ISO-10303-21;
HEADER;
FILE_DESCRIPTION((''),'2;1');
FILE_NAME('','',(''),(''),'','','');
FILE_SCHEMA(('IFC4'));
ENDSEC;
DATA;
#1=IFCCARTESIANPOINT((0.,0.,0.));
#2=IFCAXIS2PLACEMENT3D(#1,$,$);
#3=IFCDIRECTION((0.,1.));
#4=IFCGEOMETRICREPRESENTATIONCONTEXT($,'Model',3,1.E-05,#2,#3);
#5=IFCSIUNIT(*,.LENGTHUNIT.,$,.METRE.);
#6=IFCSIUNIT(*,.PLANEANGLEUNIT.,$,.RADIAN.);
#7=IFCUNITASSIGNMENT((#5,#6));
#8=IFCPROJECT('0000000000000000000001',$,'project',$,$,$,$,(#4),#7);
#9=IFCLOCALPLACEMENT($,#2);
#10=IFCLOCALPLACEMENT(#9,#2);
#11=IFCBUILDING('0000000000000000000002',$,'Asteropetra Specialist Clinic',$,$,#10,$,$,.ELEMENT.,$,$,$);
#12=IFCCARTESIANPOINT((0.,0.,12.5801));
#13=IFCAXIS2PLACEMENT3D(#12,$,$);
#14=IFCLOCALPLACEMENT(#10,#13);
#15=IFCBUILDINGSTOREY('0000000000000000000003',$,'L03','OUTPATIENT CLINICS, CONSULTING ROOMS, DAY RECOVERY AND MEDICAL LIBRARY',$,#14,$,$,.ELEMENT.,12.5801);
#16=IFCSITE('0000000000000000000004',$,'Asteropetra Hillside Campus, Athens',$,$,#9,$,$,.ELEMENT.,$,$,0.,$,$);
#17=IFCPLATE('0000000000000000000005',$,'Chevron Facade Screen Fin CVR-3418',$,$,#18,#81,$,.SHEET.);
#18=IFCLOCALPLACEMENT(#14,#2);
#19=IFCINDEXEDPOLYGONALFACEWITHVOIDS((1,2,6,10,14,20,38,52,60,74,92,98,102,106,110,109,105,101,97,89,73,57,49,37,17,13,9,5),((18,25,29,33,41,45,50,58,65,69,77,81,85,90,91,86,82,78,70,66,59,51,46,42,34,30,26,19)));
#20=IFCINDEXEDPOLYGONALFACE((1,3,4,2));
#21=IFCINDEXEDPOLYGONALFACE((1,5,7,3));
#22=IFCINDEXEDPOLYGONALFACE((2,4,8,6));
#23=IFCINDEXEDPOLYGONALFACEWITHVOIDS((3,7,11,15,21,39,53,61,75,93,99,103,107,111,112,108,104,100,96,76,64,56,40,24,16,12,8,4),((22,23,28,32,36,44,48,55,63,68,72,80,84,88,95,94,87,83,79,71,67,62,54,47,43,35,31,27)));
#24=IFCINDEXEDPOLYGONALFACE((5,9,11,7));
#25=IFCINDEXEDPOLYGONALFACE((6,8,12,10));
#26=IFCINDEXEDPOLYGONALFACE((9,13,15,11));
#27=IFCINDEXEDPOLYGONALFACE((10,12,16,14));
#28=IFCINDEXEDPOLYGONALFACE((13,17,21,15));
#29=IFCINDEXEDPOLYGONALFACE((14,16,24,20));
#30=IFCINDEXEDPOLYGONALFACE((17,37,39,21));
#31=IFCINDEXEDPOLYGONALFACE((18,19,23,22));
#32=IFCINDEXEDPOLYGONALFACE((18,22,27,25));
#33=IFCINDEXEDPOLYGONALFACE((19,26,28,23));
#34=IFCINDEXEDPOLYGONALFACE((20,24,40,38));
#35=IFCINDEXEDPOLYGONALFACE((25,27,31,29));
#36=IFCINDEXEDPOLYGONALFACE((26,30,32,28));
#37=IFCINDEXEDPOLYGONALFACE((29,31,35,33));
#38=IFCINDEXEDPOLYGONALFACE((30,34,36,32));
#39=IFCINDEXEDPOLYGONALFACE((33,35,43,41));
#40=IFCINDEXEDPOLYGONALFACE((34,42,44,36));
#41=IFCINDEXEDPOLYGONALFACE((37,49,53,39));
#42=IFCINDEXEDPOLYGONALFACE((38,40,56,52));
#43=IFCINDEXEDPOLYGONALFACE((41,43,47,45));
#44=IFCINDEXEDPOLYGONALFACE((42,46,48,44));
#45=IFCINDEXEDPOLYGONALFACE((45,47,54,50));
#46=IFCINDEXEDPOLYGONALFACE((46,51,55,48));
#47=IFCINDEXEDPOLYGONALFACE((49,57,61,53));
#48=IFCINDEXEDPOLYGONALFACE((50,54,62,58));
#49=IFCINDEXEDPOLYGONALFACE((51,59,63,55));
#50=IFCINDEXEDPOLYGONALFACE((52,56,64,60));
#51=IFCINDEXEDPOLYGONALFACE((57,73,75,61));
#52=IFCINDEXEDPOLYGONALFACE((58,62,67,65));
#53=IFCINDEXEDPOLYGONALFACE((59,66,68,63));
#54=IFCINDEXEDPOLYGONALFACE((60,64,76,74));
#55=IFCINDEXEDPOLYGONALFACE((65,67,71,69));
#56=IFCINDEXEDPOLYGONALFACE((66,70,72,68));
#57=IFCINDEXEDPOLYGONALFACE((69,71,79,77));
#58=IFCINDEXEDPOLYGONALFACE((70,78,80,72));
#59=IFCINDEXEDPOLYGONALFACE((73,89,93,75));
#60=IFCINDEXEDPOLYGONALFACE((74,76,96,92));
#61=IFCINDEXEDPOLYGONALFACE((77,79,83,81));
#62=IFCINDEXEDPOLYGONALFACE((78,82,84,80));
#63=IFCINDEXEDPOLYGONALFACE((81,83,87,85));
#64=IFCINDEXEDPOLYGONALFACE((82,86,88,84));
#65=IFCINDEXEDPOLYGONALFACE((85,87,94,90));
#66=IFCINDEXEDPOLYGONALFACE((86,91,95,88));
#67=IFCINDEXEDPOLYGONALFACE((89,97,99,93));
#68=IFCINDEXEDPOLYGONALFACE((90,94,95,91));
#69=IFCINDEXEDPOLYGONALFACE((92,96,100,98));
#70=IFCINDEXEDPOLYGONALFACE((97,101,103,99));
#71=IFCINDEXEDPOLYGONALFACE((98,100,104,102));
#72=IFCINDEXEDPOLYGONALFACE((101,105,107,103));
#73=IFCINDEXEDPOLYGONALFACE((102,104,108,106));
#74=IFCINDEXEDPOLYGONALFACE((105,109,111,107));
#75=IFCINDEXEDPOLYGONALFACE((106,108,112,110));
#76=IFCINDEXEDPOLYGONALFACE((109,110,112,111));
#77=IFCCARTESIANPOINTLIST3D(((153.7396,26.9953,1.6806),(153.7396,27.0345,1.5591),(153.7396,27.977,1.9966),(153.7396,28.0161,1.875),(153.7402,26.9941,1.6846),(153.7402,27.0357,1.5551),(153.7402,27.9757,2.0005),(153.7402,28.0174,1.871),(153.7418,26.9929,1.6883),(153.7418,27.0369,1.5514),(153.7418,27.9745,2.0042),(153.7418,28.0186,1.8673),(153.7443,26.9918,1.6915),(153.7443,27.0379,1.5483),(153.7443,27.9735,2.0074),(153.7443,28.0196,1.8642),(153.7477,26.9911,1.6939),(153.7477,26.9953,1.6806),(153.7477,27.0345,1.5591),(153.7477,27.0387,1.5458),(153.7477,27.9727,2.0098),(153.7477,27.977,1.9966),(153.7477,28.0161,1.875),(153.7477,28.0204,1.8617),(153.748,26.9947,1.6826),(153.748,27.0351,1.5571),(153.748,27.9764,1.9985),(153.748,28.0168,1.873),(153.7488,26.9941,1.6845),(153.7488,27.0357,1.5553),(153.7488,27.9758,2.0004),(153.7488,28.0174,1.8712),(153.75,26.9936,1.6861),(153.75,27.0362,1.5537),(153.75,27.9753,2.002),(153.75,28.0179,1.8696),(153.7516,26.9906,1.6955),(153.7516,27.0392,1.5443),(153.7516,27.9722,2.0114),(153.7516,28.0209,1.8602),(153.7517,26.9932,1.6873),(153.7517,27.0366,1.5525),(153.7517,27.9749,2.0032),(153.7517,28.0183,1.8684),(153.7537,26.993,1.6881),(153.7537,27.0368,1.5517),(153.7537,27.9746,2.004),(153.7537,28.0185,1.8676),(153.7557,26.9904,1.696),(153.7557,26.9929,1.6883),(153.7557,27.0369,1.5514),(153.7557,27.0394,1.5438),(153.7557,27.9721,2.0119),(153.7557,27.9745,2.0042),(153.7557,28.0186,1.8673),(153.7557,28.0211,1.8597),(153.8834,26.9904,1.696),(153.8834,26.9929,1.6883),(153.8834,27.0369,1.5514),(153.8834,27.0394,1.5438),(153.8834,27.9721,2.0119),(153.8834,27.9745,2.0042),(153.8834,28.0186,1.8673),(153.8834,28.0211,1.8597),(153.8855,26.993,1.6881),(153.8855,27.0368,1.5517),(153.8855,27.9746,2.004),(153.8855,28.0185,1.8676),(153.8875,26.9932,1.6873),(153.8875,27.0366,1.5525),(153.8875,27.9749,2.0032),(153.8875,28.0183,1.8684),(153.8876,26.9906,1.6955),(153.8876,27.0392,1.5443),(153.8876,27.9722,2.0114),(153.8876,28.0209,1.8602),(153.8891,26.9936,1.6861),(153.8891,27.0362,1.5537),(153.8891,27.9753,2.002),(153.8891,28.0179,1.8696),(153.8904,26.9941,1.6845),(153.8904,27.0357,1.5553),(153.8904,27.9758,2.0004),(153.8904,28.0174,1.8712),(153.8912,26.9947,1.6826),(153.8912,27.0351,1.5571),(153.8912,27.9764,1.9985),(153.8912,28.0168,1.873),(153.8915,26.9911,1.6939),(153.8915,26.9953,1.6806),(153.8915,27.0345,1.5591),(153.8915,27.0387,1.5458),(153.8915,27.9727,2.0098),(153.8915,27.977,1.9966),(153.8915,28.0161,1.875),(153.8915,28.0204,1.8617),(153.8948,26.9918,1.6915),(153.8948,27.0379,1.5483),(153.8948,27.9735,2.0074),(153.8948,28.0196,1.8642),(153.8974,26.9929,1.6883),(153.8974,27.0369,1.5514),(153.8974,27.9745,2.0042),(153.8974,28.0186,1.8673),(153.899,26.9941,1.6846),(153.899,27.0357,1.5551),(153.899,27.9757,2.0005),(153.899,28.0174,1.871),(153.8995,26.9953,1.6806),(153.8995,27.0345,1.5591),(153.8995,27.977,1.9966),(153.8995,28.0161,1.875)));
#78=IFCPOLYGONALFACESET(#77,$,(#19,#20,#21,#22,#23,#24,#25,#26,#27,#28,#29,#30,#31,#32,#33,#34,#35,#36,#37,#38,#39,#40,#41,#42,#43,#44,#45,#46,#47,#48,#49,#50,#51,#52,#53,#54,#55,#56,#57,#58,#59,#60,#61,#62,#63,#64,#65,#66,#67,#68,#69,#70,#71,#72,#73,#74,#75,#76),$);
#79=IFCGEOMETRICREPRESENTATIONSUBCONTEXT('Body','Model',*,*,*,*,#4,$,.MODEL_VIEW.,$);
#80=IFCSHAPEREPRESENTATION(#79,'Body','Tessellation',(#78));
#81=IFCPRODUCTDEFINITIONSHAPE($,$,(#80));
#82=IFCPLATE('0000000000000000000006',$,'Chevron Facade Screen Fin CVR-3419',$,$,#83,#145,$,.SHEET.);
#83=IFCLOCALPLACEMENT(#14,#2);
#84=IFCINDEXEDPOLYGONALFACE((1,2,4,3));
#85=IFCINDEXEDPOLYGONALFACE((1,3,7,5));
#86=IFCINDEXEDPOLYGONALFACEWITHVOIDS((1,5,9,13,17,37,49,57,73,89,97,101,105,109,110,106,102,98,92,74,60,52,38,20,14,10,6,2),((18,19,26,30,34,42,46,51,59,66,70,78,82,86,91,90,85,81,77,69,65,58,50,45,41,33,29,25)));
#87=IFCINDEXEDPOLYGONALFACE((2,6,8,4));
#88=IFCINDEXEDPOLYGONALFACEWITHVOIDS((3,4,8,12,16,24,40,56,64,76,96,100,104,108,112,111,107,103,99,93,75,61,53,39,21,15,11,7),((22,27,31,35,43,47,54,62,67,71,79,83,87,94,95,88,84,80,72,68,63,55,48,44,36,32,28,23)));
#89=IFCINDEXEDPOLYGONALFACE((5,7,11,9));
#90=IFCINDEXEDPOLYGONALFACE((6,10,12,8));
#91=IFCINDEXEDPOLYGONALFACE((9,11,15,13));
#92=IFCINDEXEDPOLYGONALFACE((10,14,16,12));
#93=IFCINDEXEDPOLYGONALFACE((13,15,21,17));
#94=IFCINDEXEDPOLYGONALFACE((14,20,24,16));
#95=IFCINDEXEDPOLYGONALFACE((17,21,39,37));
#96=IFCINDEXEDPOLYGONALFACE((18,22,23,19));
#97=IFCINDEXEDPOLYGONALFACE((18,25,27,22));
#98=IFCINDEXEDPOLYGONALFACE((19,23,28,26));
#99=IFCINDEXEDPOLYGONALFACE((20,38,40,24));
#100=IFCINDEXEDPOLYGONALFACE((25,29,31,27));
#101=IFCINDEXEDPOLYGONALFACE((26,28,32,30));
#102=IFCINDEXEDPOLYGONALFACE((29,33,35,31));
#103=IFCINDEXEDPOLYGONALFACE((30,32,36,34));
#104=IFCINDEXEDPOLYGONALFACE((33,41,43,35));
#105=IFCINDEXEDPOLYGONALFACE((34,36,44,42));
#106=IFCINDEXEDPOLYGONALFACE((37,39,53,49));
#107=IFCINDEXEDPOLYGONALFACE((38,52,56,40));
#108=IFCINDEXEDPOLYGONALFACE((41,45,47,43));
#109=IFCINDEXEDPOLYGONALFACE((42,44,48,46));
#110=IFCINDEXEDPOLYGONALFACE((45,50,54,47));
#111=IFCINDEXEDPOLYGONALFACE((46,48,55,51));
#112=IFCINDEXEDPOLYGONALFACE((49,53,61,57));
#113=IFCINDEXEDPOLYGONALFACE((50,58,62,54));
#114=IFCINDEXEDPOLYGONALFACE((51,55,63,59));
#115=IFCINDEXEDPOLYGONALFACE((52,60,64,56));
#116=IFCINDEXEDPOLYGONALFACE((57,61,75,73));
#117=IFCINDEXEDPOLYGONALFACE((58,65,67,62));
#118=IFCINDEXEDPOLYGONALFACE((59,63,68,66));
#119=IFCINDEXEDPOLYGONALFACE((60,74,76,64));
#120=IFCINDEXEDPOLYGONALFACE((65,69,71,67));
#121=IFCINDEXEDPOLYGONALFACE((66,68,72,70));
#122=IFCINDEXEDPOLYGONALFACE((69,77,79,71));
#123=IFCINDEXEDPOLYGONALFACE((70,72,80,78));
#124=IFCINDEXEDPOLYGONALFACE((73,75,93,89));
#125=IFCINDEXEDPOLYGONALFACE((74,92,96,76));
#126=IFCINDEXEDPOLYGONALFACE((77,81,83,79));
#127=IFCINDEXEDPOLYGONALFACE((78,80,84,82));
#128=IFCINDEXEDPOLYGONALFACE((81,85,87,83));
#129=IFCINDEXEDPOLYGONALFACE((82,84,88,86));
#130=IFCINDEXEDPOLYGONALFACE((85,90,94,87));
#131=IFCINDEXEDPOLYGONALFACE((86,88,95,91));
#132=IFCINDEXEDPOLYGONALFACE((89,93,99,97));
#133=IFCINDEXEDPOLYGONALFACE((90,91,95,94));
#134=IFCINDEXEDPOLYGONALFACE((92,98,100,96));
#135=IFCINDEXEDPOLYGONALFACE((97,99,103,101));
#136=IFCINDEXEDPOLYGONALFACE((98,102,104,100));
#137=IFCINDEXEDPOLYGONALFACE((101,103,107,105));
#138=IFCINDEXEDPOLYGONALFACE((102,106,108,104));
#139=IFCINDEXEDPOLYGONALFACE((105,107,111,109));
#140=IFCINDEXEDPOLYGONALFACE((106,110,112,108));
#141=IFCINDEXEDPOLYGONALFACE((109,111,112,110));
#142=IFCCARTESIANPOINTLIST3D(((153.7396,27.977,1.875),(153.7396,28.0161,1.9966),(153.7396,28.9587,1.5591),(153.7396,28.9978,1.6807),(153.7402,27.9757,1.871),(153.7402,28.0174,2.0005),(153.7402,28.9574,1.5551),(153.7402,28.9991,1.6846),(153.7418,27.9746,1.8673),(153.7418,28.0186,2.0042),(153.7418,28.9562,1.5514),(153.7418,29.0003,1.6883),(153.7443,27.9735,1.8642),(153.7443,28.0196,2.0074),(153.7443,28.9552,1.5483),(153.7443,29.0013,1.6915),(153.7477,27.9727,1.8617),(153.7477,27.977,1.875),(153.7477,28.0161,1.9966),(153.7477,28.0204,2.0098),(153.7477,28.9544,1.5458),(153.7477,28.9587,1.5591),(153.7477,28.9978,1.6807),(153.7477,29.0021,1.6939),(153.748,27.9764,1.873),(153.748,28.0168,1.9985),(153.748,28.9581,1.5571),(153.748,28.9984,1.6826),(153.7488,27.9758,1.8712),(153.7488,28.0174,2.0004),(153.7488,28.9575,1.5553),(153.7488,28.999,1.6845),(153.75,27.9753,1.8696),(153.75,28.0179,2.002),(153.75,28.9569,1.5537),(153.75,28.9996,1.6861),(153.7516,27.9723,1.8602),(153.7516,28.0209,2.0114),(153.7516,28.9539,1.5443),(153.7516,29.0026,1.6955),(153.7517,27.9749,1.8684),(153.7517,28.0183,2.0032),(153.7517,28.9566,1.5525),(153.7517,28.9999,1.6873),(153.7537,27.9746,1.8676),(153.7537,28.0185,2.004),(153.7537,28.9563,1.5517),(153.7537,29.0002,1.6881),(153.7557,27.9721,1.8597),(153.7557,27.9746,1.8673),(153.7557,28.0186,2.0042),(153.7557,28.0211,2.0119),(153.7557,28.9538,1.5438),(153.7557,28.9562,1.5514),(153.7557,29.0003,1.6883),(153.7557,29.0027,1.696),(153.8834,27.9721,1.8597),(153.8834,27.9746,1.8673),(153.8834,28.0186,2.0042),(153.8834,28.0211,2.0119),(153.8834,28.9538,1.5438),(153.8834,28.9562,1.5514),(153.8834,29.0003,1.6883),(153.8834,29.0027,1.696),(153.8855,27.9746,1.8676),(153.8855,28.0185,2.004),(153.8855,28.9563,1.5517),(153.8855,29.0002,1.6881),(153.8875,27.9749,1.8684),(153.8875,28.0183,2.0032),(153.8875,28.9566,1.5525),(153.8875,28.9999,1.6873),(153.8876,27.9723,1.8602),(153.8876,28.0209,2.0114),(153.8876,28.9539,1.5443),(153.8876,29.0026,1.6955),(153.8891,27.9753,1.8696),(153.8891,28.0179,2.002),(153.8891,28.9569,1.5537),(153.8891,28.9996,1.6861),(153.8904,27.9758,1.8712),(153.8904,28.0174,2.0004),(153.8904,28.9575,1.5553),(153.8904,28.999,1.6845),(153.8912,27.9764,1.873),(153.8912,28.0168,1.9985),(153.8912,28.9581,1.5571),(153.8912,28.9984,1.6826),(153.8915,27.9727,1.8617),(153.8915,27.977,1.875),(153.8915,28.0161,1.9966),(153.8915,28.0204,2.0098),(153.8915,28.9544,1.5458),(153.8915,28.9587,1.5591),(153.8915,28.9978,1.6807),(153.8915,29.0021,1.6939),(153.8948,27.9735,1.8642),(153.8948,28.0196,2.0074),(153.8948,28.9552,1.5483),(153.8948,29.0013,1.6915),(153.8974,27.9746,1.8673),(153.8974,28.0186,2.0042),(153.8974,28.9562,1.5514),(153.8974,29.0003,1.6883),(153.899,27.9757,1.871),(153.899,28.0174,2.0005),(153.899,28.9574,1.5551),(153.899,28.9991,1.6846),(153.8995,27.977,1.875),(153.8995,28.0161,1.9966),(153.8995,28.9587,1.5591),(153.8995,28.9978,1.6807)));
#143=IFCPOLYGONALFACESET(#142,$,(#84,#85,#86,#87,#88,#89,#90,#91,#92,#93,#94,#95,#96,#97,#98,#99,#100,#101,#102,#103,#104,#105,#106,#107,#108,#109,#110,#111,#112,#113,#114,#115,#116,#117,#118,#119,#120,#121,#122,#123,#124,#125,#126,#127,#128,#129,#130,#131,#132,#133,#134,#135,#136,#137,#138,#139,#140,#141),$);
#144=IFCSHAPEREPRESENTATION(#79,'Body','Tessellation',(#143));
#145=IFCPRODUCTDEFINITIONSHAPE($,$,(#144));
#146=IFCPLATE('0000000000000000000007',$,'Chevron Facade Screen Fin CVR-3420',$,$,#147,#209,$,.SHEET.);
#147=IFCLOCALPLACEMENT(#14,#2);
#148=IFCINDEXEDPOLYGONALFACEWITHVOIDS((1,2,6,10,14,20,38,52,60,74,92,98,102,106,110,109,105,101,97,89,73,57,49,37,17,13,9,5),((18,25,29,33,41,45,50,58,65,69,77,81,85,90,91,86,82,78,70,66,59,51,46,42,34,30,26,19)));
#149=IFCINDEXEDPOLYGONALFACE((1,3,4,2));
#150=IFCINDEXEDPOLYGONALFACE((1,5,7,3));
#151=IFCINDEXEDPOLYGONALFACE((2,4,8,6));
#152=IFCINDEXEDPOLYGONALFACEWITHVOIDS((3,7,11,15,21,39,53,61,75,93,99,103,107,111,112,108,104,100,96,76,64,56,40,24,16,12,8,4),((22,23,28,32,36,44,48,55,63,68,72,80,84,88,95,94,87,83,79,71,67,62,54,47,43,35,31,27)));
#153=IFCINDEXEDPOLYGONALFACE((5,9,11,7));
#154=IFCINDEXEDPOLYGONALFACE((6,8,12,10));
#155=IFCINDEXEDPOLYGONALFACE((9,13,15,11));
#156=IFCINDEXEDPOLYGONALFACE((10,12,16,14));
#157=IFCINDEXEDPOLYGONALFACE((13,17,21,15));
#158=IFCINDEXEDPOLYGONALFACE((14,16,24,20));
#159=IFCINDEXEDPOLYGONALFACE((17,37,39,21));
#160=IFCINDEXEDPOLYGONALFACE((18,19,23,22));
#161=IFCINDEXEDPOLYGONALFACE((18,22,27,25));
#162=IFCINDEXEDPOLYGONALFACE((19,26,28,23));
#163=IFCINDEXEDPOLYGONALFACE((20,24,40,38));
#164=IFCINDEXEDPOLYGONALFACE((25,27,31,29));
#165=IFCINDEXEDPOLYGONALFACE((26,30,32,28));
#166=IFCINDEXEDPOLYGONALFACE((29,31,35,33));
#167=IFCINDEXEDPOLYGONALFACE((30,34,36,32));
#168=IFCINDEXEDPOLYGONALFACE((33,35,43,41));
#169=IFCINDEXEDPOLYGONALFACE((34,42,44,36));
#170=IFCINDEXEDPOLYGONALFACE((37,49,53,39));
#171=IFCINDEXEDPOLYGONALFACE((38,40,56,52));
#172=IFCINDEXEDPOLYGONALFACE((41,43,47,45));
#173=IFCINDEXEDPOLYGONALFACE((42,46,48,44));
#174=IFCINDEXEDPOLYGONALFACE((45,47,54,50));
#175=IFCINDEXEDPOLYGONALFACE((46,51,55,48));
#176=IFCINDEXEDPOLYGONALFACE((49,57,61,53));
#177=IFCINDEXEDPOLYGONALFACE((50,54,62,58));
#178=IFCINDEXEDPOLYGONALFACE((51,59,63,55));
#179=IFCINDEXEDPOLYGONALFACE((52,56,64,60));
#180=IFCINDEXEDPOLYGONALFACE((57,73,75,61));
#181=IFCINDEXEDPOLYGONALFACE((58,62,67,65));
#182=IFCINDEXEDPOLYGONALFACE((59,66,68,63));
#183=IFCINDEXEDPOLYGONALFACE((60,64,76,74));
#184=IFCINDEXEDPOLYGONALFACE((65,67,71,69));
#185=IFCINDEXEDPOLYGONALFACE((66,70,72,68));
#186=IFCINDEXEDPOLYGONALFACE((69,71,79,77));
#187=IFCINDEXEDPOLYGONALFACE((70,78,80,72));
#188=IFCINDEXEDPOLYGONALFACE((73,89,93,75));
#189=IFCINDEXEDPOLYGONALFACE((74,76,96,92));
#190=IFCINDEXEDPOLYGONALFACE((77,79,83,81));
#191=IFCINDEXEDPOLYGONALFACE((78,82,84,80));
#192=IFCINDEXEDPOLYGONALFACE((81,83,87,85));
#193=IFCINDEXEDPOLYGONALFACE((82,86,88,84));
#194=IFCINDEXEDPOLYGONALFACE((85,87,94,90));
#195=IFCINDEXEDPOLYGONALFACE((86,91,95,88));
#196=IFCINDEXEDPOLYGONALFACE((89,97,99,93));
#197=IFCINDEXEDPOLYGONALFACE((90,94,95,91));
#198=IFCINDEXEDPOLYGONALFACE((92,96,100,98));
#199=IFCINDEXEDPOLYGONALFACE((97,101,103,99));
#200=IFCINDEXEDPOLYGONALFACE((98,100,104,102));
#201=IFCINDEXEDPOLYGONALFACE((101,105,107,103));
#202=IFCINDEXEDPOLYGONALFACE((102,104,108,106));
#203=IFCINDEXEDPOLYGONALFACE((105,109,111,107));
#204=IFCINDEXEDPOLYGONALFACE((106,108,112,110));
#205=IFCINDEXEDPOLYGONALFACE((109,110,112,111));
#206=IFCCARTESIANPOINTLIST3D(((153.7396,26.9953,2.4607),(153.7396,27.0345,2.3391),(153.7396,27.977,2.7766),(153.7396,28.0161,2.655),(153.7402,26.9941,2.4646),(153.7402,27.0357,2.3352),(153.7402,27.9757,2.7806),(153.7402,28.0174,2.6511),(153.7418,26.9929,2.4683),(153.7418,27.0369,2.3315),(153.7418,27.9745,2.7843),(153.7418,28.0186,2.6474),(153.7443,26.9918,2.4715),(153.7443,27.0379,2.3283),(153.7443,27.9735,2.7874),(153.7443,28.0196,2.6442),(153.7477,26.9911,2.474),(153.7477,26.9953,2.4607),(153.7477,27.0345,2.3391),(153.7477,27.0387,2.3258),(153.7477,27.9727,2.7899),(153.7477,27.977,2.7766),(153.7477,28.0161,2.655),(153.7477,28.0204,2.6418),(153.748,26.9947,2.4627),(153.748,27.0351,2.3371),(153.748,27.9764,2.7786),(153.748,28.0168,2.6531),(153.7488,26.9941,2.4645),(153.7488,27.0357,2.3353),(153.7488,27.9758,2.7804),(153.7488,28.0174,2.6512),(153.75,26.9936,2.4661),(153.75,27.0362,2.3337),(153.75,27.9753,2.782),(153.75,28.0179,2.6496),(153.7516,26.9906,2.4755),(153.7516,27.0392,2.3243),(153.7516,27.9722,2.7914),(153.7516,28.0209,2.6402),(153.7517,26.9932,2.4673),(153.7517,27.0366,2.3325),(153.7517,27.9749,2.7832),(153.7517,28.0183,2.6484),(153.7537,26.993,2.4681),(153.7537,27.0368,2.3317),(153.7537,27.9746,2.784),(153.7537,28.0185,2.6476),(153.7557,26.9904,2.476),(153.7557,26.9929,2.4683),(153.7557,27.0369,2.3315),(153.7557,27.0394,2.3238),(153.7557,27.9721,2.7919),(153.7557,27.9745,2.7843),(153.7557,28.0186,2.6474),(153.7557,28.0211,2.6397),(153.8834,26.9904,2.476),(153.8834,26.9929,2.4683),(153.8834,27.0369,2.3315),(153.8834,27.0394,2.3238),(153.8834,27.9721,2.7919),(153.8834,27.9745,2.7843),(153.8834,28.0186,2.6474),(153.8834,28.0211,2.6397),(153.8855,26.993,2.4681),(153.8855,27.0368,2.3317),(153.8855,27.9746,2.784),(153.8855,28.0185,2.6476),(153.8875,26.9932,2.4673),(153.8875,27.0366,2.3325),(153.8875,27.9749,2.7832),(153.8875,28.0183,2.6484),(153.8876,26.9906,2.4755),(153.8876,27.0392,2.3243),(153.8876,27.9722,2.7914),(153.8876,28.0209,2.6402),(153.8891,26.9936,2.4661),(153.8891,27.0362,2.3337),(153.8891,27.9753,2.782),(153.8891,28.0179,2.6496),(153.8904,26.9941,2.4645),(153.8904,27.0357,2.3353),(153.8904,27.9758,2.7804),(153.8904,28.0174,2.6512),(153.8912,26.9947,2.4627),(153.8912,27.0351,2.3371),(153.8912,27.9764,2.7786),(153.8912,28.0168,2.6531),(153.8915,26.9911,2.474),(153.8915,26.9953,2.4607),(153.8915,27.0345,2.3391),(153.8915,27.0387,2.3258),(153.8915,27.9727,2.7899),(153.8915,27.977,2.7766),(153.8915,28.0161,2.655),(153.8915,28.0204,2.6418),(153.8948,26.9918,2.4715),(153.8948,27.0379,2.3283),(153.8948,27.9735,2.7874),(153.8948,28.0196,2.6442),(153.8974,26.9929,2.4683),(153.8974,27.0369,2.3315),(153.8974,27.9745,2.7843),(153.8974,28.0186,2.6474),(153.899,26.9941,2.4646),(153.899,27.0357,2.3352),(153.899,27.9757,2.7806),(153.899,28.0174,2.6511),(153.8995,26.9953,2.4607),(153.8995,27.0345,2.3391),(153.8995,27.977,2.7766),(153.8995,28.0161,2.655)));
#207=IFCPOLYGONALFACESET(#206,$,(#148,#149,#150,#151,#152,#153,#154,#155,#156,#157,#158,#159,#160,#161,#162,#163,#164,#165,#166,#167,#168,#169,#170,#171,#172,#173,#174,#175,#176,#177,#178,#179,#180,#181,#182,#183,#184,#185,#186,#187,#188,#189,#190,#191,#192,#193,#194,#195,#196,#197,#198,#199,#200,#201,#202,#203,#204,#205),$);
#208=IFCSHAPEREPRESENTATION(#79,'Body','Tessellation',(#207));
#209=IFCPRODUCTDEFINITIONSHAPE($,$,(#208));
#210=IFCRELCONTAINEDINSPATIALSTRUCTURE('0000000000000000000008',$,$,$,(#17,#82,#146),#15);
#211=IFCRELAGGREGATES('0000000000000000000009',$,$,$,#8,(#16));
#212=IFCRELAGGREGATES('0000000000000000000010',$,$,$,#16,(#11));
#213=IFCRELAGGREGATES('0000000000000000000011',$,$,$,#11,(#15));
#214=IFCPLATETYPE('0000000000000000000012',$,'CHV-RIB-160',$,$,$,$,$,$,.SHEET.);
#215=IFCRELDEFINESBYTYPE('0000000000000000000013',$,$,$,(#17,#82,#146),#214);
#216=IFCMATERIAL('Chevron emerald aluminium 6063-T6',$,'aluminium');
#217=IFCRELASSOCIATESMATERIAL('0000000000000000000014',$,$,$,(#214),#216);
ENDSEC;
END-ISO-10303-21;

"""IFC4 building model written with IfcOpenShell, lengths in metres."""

from ifc_helpers import new_model, si_unit, direction, frame, origin, origin_2d, place, context, subcontext, project, spatial, hollow_rectangle, extrude, material, material_profile, profile_set, type_object, element, save


model = new_model("IFC4")

# Units and contexts
model_context = context("Model", 3, precision=1e-05, world=origin(), true_north=direction((0.0, 1.0)))
body_context = subcontext(model_context, "Body", "Model", "MODEL_VIEW")
ifc_project = project(units=[si_unit("LENGTHUNIT", "METRE"), si_unit("PLANEANGLEUNIT", "RADIAN")], contexts=[model_context])

# Site, building, storey
site_placement = place(None, origin())
site = spatial("IfcSite", under=ifc_project, at=site_placement, Name="Asteropetra Hillside Campus, Athens", CompositionType="ELEMENT", RefElevation=0.0)
building_placement = place(site_placement, origin())
building = spatial("IfcBuilding", under=site, at=building_placement, Name="Asteropetra Specialist Clinic", CompositionType="ELEMENT")
storey_placement = place(building_placement, frame((0.0, 0.0, 12.5801)))
storey = spatial("IfcBuildingStorey", under=building, at=storey_placement, Name="L03", Description="OUTPATIENT CLINICS, CONSULTING ROOMS, DAY RECOVERY AND MEDICAL LIBRARY", CompositionType="ELEMENT", Elevation=12.5801)

# Plates
ifc_material_1 = material(Name="Chevron emerald aluminium 6063-T6", Category="aluminium")
ifc_material_profile_1 = material_profile(ifc_material_1, hollow_rectangle(XDim=0.1599, YDim=0.1599, WallThickness=0.0081, InnerFilletRadius=0.0081, OuterFilletRadius=0.0161, at=origin_2d()), Name="SHS 160x160x8.0")
ifc_profile_set_1 = profile_set([ifc_material_profile_1], Name="Chevron emerald aluminium 6063-T6")
plate_type_1 = type_object("IfcPlateType", Name="CHV-RIB-160", PredefinedType="SHEET", material=ifc_profile_set_1)
for number, where, z_axis, x_axis, name in (
    (1, (153.8196, 27.0149, 1.6199), (0.0, 0.951923, 0.306339), (-1.0, 0.0, 0.0), "Chevron Facade Screen Fin CVR-3418"),
    (2, (153.8196, 27.9966, 1.9358), (0.0, 0.951923, -0.306339), (-1.0, 0.0, 0.0), "Chevron Facade Screen Fin CVR-3419"),
    (3, (153.8196, 27.0149, 2.3999), (0.0, 0.951923, 0.306339), (-1.0, 0.0, 0.0), "Chevron Facade Screen Fin CVR-3420"),
):
    element("IfcPlate", number, at=place(storey_placement, frame(where, z_axis=z_axis, x_axis=x_axis)), inside=storey, type_object=plate_type_1, Name=name, PredefinedType="SHEET", context=body_context, shape_type="SweptSolid", body=[
        extrude(hollow_rectangle(XDim=0.1599, YDim=0.1599, WallThickness=0.0081, InnerFilletRadius=0.0081, OuterFilletRadius=0.0161, at=origin_2d()), origin(), (0.0, 0.0, 1.0), 1.0312),
    ])

save(model, "model.ifc")
